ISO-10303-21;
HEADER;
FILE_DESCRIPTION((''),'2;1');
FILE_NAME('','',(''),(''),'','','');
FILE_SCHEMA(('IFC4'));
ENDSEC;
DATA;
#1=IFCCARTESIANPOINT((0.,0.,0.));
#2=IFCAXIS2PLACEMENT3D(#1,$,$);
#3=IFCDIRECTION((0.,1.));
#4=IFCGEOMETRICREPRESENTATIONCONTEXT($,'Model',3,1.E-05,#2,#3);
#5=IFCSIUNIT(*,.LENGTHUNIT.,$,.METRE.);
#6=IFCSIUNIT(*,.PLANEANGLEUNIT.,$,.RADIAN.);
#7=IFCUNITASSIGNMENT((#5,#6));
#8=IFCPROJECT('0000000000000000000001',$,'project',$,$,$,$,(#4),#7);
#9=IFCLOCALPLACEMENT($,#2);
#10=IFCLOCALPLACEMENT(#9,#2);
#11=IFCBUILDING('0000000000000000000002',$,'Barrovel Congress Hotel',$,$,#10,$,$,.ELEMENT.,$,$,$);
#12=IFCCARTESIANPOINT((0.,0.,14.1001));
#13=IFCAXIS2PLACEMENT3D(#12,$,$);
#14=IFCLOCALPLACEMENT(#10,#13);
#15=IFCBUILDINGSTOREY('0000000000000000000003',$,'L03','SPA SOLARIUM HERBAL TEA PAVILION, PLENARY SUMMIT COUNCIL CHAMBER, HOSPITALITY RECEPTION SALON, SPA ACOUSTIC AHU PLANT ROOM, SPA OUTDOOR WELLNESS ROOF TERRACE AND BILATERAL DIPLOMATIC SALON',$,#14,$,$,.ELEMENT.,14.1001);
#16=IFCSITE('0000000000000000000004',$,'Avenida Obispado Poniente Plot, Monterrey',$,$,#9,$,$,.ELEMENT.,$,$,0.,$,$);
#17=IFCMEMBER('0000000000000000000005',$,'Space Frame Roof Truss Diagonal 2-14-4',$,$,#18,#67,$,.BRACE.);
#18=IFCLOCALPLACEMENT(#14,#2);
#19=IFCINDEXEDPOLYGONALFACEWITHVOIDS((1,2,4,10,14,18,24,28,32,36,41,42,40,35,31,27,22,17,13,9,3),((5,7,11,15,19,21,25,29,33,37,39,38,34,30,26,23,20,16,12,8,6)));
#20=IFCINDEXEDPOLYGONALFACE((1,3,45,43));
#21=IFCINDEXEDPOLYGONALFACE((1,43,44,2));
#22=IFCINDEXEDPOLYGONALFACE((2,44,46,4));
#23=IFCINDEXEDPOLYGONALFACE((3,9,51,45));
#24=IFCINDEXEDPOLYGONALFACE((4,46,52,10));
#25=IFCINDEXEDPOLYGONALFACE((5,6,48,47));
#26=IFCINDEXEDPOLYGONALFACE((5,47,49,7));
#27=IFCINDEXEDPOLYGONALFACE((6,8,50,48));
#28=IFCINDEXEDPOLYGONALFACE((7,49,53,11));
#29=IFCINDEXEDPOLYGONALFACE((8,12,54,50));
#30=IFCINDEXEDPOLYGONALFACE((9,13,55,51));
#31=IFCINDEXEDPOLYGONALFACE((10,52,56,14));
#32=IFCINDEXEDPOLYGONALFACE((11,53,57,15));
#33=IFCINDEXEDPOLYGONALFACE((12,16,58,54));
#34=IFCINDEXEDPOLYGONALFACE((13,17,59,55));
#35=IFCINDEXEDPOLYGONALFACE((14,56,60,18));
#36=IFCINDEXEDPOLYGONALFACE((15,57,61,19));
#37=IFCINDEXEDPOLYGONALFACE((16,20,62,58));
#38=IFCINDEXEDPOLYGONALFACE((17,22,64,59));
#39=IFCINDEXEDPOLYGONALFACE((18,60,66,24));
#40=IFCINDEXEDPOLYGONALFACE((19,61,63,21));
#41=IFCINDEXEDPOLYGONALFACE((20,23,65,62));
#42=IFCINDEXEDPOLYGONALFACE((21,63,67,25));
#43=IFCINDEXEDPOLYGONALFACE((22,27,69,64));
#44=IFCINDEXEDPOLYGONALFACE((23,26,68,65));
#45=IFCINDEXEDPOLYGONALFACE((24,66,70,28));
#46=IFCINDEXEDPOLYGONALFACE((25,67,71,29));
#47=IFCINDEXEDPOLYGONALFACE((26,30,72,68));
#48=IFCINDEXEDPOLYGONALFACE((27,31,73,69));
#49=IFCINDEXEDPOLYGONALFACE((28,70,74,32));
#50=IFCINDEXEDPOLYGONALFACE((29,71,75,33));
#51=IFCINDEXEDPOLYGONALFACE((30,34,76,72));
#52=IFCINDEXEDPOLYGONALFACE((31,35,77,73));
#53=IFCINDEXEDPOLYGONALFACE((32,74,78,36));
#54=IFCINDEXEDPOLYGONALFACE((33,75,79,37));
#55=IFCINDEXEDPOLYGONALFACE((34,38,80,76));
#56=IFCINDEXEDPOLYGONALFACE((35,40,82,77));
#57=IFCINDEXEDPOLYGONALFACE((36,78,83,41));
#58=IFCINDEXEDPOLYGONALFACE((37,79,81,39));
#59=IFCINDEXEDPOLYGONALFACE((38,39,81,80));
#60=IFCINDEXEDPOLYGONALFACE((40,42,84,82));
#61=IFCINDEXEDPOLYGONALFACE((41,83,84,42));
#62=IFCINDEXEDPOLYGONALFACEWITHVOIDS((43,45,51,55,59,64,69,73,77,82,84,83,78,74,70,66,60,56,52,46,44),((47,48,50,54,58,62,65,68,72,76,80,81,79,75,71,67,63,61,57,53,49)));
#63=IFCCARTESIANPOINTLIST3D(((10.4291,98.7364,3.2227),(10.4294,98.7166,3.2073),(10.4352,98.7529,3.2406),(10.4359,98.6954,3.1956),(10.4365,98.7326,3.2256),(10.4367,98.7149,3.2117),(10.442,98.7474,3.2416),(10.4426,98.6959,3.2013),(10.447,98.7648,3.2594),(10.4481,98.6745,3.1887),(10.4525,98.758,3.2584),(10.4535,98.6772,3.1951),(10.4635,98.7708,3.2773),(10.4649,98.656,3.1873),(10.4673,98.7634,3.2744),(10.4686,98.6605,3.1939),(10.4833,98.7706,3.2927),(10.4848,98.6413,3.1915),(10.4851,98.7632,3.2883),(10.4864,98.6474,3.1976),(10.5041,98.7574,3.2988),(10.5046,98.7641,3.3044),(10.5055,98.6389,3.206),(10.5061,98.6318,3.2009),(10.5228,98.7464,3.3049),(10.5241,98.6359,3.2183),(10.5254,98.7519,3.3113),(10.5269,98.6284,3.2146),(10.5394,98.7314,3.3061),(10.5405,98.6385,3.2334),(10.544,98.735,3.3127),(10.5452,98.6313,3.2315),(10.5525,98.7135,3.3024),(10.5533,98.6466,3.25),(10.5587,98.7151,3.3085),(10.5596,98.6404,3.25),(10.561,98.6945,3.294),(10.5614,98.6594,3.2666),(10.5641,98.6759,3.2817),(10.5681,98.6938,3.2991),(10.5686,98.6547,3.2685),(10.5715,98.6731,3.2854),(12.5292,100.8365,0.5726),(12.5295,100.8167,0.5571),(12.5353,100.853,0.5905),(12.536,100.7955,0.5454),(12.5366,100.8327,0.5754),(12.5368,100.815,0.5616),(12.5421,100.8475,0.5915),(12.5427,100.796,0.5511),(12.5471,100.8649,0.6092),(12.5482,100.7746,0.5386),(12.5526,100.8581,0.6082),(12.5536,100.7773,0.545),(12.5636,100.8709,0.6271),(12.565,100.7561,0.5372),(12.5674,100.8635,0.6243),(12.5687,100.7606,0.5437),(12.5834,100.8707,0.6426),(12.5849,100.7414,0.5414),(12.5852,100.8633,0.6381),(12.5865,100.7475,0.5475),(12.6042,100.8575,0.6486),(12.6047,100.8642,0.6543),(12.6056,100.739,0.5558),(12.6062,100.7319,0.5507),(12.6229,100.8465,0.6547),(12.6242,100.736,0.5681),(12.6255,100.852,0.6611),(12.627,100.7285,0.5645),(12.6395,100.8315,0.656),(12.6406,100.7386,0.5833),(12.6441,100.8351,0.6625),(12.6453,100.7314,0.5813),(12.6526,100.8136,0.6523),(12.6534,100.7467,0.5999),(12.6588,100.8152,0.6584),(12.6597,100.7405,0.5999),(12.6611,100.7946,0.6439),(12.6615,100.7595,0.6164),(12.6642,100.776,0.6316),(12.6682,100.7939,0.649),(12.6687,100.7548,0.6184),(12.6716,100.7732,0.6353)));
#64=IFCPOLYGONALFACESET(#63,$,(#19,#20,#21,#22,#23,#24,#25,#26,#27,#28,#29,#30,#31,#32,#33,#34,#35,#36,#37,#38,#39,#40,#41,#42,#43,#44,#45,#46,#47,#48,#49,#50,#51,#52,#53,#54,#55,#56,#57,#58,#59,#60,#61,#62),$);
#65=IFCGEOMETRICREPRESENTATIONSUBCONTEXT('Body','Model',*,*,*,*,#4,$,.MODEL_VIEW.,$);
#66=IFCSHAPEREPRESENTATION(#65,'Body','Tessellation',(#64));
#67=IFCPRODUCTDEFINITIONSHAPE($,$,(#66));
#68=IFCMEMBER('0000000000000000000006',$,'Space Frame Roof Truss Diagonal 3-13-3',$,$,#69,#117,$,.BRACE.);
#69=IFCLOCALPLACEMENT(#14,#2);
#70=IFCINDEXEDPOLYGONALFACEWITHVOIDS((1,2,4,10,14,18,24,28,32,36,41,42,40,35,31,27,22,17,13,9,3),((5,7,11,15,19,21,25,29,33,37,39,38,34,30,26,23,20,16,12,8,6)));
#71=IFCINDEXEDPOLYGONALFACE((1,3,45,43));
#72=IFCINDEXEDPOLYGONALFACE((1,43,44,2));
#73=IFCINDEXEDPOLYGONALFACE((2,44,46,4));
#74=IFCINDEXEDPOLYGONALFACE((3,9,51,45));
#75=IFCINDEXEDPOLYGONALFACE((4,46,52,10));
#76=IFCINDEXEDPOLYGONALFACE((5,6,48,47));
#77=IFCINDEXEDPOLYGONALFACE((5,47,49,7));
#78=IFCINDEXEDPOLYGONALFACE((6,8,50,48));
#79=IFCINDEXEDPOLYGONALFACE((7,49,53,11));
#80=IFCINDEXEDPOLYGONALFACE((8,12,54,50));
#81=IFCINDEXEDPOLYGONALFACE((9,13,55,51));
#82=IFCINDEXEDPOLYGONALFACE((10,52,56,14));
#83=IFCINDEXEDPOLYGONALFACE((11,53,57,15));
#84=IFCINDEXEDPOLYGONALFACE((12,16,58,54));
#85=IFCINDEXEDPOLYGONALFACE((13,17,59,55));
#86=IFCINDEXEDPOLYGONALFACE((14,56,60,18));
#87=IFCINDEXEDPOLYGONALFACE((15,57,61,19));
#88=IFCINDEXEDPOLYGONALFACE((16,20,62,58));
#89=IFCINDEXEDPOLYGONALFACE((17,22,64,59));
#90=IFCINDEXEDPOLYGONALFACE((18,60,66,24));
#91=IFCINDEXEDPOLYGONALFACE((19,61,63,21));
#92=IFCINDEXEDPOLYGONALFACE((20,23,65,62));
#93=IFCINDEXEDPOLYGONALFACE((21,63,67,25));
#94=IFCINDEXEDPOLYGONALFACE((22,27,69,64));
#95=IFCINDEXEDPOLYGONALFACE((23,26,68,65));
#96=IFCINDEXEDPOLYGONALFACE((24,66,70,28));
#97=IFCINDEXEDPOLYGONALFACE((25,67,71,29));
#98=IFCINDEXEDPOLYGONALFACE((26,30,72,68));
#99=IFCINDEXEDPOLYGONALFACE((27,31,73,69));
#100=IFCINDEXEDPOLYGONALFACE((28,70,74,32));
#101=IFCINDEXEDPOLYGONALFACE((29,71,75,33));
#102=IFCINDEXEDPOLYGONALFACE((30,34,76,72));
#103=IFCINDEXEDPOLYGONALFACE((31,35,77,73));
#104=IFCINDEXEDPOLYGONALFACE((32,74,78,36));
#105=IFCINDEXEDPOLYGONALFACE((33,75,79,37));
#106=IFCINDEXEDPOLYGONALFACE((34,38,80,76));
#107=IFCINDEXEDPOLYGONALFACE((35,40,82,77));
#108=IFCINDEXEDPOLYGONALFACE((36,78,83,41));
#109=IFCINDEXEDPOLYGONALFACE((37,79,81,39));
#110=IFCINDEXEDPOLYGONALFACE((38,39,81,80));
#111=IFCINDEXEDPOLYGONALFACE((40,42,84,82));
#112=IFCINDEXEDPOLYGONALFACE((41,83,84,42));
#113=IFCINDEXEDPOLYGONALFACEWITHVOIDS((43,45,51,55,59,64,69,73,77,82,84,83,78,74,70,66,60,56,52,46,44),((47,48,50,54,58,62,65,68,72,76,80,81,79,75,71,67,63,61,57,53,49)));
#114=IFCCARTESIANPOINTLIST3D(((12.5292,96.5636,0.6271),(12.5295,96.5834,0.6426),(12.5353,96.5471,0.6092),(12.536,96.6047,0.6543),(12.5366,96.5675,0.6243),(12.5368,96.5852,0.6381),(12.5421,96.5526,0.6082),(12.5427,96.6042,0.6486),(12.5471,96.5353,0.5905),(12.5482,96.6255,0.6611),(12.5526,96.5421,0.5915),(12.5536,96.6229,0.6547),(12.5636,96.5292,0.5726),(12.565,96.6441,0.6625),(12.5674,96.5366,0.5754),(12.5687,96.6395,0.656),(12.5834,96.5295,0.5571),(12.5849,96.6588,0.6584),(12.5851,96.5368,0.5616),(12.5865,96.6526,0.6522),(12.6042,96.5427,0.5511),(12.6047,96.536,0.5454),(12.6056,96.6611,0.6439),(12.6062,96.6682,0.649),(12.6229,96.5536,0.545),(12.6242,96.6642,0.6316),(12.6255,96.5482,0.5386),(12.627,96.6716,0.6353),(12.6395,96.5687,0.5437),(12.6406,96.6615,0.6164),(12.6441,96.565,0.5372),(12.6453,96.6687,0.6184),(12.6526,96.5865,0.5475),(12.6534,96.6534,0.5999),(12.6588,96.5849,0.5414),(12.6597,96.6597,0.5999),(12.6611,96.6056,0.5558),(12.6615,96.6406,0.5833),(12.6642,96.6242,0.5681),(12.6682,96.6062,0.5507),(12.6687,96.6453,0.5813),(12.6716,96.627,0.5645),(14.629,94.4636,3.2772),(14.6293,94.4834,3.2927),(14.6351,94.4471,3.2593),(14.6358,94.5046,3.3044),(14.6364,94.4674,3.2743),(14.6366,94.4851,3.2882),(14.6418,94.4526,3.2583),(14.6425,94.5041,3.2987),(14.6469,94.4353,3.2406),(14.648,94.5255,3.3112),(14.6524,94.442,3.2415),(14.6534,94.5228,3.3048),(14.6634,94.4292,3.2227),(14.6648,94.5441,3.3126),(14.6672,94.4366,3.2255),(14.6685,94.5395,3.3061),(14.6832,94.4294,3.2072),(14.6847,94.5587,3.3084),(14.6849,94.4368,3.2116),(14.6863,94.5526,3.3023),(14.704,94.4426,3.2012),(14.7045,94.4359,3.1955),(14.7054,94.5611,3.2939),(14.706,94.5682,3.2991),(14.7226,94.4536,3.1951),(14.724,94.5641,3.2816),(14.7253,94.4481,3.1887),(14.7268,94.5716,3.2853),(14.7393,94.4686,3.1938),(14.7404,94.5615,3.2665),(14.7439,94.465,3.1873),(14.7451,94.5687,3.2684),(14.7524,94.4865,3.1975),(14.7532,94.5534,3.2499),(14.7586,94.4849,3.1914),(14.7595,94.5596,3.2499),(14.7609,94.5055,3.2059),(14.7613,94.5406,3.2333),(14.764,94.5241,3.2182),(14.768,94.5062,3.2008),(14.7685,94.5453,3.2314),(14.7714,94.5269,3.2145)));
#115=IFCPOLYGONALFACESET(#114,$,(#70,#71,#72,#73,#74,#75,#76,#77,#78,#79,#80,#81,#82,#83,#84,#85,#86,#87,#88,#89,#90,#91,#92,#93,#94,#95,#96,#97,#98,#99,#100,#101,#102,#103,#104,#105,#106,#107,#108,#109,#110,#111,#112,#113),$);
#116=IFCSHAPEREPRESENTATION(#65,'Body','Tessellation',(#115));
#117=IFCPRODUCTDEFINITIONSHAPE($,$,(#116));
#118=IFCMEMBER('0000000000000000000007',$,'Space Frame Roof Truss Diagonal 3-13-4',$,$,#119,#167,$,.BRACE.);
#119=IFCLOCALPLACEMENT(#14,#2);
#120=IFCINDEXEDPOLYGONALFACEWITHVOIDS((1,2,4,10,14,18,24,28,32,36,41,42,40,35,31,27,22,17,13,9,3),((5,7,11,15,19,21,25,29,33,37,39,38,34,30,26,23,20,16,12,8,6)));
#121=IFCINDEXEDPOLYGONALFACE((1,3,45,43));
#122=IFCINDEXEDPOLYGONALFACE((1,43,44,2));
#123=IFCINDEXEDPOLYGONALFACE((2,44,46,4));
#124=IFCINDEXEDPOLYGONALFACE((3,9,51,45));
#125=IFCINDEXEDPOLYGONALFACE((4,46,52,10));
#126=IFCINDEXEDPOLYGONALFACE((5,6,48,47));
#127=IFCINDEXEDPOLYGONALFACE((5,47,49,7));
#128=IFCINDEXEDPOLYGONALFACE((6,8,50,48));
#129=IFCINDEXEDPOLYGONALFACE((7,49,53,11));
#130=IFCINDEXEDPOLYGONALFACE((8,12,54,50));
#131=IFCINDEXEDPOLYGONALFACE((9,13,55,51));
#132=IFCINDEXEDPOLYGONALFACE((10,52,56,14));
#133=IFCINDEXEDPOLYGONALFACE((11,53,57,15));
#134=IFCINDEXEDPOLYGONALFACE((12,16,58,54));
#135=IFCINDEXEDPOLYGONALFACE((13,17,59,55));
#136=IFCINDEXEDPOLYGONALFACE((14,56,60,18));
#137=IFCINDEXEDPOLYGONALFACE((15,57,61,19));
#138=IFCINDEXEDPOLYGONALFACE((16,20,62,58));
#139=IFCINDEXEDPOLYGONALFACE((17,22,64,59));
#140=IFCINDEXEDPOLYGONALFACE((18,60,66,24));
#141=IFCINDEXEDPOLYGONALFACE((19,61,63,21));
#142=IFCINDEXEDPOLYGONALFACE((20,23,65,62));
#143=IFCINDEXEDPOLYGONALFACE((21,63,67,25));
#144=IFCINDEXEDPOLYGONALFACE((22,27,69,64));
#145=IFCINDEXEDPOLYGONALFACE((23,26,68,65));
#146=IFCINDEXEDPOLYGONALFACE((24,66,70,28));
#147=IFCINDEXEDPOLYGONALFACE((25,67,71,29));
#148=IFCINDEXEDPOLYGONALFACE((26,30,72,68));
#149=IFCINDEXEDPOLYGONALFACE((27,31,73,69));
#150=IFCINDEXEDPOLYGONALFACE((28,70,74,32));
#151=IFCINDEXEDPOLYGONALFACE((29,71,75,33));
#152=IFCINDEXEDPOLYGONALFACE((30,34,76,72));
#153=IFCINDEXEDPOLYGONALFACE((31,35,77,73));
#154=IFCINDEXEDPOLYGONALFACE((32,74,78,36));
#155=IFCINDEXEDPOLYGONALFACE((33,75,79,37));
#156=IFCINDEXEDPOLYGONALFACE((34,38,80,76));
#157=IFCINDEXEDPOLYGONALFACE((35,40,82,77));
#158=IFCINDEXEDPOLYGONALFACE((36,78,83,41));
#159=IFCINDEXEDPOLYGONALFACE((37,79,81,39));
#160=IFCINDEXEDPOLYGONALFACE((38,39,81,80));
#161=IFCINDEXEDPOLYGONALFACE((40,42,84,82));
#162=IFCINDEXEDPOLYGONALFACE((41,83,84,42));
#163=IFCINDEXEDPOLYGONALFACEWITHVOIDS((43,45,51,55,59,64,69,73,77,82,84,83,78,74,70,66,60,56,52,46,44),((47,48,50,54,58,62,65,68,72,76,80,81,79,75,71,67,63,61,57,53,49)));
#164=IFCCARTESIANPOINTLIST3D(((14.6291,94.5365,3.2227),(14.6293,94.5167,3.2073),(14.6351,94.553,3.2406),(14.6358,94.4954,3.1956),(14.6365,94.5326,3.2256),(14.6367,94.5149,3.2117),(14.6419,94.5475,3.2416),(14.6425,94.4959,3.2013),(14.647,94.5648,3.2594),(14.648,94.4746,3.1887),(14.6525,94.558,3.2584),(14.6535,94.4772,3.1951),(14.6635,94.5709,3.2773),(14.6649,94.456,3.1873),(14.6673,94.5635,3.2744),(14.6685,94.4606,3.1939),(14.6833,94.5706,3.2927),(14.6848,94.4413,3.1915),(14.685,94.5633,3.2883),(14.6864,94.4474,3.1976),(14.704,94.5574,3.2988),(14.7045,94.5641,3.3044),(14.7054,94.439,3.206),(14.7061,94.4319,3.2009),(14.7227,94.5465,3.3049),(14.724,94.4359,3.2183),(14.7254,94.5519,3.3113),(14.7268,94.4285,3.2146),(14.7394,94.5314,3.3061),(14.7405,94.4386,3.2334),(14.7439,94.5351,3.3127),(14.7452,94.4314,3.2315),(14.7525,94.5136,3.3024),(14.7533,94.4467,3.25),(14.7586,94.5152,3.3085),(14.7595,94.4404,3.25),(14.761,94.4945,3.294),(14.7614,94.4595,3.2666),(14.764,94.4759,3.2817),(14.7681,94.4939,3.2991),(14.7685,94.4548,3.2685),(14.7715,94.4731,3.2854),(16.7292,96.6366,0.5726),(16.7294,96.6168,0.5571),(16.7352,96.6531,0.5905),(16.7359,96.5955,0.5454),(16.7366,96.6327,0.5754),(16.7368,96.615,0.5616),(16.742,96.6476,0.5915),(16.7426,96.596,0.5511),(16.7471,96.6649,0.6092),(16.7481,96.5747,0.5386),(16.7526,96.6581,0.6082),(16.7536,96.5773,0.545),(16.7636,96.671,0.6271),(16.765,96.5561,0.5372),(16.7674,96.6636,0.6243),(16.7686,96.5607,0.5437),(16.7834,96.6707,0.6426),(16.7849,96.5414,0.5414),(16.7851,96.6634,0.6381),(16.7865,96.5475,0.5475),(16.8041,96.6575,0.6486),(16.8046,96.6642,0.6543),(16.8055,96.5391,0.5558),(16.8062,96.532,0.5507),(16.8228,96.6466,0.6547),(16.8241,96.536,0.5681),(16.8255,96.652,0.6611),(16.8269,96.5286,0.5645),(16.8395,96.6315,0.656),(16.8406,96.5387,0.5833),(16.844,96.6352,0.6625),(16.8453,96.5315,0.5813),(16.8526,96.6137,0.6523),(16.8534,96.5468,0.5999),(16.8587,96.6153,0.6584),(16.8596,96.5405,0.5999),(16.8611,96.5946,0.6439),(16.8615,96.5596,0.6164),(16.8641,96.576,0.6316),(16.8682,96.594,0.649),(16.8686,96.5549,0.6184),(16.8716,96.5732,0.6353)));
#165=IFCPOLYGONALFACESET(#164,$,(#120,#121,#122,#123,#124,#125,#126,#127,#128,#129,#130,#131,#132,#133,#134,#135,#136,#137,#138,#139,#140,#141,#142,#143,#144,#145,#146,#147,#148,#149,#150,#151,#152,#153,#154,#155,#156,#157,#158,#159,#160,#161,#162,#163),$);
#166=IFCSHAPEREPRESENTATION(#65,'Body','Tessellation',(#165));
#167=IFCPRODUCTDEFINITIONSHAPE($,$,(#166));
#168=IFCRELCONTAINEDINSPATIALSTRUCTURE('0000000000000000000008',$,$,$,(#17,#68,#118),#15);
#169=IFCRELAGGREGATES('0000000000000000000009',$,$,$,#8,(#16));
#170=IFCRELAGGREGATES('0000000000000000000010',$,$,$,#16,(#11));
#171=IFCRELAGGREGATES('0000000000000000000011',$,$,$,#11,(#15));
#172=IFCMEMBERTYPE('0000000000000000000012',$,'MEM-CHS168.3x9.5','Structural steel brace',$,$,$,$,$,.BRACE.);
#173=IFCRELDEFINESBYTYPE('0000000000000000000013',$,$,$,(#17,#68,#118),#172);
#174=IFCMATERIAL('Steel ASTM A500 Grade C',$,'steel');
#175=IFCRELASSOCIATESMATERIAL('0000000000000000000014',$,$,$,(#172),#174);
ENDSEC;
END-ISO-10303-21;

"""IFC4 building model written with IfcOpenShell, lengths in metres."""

from ifc_helpers import new_model, si_unit, direction, frame, origin, origin_2d, place, context, subcontext, project, spatial, hollow_circle, extrude, material, material_profile, profile_set, type_object, element, save


model = new_model("IFC4")

# Units and contexts
model_context = context("Model", 3, precision=1e-05, world=origin(), true_north=direction((0.0, 1.0)))
body_context = subcontext(model_context, "Body", "Model", "MODEL_VIEW")
ifc_project = project(units=[si_unit("LENGTHUNIT", "METRE"), si_unit("PLANEANGLEUNIT", "RADIAN")], contexts=[model_context])

# Site, building, storey
site_placement = place(None, origin())
site = spatial("IfcSite", under=ifc_project, at=site_placement, Name="Avenida Obispado Poniente Plot, Monterrey", CompositionType="ELEMENT", RefElevation=0.0)
building_placement = place(site_placement, origin())
building = spatial("IfcBuilding", under=site, at=building_placement, Name="Barrovel Congress Hotel", CompositionType="ELEMENT")
storey_placement = place(building_placement, frame((0.0, 0.0, 14.1001)))
storey = spatial("IfcBuildingStorey", under=building, at=storey_placement, Name="L03", Description="SPA SOLARIUM HERBAL TEA PAVILION, PLENARY SUMMIT COUNCIL CHAMBER, HOSPITALITY RECEPTION SALON, SPA ACOUSTIC AHU PLANT ROOM, SPA OUTDOOR WELLNESS ROOF TERRACE AND BILATERAL DIPLOMATIC SALON", CompositionType="ELEMENT", Elevation=14.1001)

# Members
ifc_material_1 = material(Name="Steel ASTM A500 Grade C", Category="steel")
ifc_material_profile_1 = material_profile(ifc_material_1, hollow_circle(Radius=0.0842, WallThickness=0.0088, at=origin_2d()), Name="CHS168.3x9.5")
ifc_profile_set_1 = profile_set([ifc_material_profile_1], Name="Steel ASTM A500 Grade C")
member_type_1 = type_object("IfcMemberType", Name="MEM-CHS168.3x9.5", Description="Structural steel brace", PredefinedType="BRACE", material=ifc_profile_set_1)
member_1_placement = place(storey_placement, frame((12.6001, 100.8, 0.5999), z_axis=(-0.527601, -0.527601, 0.665788), x_axis=(0.707107, -0.707107, 0.0)))
element("IfcMember", 1, at=member_1_placement, inside=storey, type_object=member_type_1, Name="Space Frame Roof Truss Diagonal 2-14-4", PredefinedType="BRACE", context=body_context, shape_type="SweptSolid", body=[
    extrude(hollow_circle(Radius=0.0842, WallThickness=0.0088, at=origin_2d()), origin(), (0.0, 0.0, 1.0), 3.9805),
])
member_2_placement = place(storey_placement, frame((12.6001, 96.6001, 0.5999), z_axis=(0.527557, -0.527618, 0.66581), x_axis=(0.707148, 0.707066, 0.0)))
element("IfcMember", 2, at=member_2_placement, inside=storey, type_object=member_type_1, Name="Space Frame Roof Truss Diagonal 3-13-3", PredefinedType="BRACE", context=body_context, shape_type="SweptSolid", body=[
    extrude(hollow_circle(Radius=0.0842, WallThickness=0.0088, at=origin_2d()), origin(), (0.0, 0.0, 1.0), 3.9802),
])
member_3_placement = place(storey_placement, frame((16.8, 96.6001, 0.5999), z_axis=(-0.527601, -0.527601, 0.665788), x_axis=(0.707107, -0.707107, 0.0)))
element("IfcMember", 3, at=member_3_placement, inside=storey, type_object=member_type_1, Name="Space Frame Roof Truss Diagonal 3-13-4", PredefinedType="BRACE", context=body_context, shape_type="SweptSolid", body=[
    extrude(hollow_circle(Radius=0.0842, WallThickness=0.0088, at=origin_2d()), origin(), (0.0, 0.0, 1.0), 3.9805),
])

save(model, "model.ifc")
